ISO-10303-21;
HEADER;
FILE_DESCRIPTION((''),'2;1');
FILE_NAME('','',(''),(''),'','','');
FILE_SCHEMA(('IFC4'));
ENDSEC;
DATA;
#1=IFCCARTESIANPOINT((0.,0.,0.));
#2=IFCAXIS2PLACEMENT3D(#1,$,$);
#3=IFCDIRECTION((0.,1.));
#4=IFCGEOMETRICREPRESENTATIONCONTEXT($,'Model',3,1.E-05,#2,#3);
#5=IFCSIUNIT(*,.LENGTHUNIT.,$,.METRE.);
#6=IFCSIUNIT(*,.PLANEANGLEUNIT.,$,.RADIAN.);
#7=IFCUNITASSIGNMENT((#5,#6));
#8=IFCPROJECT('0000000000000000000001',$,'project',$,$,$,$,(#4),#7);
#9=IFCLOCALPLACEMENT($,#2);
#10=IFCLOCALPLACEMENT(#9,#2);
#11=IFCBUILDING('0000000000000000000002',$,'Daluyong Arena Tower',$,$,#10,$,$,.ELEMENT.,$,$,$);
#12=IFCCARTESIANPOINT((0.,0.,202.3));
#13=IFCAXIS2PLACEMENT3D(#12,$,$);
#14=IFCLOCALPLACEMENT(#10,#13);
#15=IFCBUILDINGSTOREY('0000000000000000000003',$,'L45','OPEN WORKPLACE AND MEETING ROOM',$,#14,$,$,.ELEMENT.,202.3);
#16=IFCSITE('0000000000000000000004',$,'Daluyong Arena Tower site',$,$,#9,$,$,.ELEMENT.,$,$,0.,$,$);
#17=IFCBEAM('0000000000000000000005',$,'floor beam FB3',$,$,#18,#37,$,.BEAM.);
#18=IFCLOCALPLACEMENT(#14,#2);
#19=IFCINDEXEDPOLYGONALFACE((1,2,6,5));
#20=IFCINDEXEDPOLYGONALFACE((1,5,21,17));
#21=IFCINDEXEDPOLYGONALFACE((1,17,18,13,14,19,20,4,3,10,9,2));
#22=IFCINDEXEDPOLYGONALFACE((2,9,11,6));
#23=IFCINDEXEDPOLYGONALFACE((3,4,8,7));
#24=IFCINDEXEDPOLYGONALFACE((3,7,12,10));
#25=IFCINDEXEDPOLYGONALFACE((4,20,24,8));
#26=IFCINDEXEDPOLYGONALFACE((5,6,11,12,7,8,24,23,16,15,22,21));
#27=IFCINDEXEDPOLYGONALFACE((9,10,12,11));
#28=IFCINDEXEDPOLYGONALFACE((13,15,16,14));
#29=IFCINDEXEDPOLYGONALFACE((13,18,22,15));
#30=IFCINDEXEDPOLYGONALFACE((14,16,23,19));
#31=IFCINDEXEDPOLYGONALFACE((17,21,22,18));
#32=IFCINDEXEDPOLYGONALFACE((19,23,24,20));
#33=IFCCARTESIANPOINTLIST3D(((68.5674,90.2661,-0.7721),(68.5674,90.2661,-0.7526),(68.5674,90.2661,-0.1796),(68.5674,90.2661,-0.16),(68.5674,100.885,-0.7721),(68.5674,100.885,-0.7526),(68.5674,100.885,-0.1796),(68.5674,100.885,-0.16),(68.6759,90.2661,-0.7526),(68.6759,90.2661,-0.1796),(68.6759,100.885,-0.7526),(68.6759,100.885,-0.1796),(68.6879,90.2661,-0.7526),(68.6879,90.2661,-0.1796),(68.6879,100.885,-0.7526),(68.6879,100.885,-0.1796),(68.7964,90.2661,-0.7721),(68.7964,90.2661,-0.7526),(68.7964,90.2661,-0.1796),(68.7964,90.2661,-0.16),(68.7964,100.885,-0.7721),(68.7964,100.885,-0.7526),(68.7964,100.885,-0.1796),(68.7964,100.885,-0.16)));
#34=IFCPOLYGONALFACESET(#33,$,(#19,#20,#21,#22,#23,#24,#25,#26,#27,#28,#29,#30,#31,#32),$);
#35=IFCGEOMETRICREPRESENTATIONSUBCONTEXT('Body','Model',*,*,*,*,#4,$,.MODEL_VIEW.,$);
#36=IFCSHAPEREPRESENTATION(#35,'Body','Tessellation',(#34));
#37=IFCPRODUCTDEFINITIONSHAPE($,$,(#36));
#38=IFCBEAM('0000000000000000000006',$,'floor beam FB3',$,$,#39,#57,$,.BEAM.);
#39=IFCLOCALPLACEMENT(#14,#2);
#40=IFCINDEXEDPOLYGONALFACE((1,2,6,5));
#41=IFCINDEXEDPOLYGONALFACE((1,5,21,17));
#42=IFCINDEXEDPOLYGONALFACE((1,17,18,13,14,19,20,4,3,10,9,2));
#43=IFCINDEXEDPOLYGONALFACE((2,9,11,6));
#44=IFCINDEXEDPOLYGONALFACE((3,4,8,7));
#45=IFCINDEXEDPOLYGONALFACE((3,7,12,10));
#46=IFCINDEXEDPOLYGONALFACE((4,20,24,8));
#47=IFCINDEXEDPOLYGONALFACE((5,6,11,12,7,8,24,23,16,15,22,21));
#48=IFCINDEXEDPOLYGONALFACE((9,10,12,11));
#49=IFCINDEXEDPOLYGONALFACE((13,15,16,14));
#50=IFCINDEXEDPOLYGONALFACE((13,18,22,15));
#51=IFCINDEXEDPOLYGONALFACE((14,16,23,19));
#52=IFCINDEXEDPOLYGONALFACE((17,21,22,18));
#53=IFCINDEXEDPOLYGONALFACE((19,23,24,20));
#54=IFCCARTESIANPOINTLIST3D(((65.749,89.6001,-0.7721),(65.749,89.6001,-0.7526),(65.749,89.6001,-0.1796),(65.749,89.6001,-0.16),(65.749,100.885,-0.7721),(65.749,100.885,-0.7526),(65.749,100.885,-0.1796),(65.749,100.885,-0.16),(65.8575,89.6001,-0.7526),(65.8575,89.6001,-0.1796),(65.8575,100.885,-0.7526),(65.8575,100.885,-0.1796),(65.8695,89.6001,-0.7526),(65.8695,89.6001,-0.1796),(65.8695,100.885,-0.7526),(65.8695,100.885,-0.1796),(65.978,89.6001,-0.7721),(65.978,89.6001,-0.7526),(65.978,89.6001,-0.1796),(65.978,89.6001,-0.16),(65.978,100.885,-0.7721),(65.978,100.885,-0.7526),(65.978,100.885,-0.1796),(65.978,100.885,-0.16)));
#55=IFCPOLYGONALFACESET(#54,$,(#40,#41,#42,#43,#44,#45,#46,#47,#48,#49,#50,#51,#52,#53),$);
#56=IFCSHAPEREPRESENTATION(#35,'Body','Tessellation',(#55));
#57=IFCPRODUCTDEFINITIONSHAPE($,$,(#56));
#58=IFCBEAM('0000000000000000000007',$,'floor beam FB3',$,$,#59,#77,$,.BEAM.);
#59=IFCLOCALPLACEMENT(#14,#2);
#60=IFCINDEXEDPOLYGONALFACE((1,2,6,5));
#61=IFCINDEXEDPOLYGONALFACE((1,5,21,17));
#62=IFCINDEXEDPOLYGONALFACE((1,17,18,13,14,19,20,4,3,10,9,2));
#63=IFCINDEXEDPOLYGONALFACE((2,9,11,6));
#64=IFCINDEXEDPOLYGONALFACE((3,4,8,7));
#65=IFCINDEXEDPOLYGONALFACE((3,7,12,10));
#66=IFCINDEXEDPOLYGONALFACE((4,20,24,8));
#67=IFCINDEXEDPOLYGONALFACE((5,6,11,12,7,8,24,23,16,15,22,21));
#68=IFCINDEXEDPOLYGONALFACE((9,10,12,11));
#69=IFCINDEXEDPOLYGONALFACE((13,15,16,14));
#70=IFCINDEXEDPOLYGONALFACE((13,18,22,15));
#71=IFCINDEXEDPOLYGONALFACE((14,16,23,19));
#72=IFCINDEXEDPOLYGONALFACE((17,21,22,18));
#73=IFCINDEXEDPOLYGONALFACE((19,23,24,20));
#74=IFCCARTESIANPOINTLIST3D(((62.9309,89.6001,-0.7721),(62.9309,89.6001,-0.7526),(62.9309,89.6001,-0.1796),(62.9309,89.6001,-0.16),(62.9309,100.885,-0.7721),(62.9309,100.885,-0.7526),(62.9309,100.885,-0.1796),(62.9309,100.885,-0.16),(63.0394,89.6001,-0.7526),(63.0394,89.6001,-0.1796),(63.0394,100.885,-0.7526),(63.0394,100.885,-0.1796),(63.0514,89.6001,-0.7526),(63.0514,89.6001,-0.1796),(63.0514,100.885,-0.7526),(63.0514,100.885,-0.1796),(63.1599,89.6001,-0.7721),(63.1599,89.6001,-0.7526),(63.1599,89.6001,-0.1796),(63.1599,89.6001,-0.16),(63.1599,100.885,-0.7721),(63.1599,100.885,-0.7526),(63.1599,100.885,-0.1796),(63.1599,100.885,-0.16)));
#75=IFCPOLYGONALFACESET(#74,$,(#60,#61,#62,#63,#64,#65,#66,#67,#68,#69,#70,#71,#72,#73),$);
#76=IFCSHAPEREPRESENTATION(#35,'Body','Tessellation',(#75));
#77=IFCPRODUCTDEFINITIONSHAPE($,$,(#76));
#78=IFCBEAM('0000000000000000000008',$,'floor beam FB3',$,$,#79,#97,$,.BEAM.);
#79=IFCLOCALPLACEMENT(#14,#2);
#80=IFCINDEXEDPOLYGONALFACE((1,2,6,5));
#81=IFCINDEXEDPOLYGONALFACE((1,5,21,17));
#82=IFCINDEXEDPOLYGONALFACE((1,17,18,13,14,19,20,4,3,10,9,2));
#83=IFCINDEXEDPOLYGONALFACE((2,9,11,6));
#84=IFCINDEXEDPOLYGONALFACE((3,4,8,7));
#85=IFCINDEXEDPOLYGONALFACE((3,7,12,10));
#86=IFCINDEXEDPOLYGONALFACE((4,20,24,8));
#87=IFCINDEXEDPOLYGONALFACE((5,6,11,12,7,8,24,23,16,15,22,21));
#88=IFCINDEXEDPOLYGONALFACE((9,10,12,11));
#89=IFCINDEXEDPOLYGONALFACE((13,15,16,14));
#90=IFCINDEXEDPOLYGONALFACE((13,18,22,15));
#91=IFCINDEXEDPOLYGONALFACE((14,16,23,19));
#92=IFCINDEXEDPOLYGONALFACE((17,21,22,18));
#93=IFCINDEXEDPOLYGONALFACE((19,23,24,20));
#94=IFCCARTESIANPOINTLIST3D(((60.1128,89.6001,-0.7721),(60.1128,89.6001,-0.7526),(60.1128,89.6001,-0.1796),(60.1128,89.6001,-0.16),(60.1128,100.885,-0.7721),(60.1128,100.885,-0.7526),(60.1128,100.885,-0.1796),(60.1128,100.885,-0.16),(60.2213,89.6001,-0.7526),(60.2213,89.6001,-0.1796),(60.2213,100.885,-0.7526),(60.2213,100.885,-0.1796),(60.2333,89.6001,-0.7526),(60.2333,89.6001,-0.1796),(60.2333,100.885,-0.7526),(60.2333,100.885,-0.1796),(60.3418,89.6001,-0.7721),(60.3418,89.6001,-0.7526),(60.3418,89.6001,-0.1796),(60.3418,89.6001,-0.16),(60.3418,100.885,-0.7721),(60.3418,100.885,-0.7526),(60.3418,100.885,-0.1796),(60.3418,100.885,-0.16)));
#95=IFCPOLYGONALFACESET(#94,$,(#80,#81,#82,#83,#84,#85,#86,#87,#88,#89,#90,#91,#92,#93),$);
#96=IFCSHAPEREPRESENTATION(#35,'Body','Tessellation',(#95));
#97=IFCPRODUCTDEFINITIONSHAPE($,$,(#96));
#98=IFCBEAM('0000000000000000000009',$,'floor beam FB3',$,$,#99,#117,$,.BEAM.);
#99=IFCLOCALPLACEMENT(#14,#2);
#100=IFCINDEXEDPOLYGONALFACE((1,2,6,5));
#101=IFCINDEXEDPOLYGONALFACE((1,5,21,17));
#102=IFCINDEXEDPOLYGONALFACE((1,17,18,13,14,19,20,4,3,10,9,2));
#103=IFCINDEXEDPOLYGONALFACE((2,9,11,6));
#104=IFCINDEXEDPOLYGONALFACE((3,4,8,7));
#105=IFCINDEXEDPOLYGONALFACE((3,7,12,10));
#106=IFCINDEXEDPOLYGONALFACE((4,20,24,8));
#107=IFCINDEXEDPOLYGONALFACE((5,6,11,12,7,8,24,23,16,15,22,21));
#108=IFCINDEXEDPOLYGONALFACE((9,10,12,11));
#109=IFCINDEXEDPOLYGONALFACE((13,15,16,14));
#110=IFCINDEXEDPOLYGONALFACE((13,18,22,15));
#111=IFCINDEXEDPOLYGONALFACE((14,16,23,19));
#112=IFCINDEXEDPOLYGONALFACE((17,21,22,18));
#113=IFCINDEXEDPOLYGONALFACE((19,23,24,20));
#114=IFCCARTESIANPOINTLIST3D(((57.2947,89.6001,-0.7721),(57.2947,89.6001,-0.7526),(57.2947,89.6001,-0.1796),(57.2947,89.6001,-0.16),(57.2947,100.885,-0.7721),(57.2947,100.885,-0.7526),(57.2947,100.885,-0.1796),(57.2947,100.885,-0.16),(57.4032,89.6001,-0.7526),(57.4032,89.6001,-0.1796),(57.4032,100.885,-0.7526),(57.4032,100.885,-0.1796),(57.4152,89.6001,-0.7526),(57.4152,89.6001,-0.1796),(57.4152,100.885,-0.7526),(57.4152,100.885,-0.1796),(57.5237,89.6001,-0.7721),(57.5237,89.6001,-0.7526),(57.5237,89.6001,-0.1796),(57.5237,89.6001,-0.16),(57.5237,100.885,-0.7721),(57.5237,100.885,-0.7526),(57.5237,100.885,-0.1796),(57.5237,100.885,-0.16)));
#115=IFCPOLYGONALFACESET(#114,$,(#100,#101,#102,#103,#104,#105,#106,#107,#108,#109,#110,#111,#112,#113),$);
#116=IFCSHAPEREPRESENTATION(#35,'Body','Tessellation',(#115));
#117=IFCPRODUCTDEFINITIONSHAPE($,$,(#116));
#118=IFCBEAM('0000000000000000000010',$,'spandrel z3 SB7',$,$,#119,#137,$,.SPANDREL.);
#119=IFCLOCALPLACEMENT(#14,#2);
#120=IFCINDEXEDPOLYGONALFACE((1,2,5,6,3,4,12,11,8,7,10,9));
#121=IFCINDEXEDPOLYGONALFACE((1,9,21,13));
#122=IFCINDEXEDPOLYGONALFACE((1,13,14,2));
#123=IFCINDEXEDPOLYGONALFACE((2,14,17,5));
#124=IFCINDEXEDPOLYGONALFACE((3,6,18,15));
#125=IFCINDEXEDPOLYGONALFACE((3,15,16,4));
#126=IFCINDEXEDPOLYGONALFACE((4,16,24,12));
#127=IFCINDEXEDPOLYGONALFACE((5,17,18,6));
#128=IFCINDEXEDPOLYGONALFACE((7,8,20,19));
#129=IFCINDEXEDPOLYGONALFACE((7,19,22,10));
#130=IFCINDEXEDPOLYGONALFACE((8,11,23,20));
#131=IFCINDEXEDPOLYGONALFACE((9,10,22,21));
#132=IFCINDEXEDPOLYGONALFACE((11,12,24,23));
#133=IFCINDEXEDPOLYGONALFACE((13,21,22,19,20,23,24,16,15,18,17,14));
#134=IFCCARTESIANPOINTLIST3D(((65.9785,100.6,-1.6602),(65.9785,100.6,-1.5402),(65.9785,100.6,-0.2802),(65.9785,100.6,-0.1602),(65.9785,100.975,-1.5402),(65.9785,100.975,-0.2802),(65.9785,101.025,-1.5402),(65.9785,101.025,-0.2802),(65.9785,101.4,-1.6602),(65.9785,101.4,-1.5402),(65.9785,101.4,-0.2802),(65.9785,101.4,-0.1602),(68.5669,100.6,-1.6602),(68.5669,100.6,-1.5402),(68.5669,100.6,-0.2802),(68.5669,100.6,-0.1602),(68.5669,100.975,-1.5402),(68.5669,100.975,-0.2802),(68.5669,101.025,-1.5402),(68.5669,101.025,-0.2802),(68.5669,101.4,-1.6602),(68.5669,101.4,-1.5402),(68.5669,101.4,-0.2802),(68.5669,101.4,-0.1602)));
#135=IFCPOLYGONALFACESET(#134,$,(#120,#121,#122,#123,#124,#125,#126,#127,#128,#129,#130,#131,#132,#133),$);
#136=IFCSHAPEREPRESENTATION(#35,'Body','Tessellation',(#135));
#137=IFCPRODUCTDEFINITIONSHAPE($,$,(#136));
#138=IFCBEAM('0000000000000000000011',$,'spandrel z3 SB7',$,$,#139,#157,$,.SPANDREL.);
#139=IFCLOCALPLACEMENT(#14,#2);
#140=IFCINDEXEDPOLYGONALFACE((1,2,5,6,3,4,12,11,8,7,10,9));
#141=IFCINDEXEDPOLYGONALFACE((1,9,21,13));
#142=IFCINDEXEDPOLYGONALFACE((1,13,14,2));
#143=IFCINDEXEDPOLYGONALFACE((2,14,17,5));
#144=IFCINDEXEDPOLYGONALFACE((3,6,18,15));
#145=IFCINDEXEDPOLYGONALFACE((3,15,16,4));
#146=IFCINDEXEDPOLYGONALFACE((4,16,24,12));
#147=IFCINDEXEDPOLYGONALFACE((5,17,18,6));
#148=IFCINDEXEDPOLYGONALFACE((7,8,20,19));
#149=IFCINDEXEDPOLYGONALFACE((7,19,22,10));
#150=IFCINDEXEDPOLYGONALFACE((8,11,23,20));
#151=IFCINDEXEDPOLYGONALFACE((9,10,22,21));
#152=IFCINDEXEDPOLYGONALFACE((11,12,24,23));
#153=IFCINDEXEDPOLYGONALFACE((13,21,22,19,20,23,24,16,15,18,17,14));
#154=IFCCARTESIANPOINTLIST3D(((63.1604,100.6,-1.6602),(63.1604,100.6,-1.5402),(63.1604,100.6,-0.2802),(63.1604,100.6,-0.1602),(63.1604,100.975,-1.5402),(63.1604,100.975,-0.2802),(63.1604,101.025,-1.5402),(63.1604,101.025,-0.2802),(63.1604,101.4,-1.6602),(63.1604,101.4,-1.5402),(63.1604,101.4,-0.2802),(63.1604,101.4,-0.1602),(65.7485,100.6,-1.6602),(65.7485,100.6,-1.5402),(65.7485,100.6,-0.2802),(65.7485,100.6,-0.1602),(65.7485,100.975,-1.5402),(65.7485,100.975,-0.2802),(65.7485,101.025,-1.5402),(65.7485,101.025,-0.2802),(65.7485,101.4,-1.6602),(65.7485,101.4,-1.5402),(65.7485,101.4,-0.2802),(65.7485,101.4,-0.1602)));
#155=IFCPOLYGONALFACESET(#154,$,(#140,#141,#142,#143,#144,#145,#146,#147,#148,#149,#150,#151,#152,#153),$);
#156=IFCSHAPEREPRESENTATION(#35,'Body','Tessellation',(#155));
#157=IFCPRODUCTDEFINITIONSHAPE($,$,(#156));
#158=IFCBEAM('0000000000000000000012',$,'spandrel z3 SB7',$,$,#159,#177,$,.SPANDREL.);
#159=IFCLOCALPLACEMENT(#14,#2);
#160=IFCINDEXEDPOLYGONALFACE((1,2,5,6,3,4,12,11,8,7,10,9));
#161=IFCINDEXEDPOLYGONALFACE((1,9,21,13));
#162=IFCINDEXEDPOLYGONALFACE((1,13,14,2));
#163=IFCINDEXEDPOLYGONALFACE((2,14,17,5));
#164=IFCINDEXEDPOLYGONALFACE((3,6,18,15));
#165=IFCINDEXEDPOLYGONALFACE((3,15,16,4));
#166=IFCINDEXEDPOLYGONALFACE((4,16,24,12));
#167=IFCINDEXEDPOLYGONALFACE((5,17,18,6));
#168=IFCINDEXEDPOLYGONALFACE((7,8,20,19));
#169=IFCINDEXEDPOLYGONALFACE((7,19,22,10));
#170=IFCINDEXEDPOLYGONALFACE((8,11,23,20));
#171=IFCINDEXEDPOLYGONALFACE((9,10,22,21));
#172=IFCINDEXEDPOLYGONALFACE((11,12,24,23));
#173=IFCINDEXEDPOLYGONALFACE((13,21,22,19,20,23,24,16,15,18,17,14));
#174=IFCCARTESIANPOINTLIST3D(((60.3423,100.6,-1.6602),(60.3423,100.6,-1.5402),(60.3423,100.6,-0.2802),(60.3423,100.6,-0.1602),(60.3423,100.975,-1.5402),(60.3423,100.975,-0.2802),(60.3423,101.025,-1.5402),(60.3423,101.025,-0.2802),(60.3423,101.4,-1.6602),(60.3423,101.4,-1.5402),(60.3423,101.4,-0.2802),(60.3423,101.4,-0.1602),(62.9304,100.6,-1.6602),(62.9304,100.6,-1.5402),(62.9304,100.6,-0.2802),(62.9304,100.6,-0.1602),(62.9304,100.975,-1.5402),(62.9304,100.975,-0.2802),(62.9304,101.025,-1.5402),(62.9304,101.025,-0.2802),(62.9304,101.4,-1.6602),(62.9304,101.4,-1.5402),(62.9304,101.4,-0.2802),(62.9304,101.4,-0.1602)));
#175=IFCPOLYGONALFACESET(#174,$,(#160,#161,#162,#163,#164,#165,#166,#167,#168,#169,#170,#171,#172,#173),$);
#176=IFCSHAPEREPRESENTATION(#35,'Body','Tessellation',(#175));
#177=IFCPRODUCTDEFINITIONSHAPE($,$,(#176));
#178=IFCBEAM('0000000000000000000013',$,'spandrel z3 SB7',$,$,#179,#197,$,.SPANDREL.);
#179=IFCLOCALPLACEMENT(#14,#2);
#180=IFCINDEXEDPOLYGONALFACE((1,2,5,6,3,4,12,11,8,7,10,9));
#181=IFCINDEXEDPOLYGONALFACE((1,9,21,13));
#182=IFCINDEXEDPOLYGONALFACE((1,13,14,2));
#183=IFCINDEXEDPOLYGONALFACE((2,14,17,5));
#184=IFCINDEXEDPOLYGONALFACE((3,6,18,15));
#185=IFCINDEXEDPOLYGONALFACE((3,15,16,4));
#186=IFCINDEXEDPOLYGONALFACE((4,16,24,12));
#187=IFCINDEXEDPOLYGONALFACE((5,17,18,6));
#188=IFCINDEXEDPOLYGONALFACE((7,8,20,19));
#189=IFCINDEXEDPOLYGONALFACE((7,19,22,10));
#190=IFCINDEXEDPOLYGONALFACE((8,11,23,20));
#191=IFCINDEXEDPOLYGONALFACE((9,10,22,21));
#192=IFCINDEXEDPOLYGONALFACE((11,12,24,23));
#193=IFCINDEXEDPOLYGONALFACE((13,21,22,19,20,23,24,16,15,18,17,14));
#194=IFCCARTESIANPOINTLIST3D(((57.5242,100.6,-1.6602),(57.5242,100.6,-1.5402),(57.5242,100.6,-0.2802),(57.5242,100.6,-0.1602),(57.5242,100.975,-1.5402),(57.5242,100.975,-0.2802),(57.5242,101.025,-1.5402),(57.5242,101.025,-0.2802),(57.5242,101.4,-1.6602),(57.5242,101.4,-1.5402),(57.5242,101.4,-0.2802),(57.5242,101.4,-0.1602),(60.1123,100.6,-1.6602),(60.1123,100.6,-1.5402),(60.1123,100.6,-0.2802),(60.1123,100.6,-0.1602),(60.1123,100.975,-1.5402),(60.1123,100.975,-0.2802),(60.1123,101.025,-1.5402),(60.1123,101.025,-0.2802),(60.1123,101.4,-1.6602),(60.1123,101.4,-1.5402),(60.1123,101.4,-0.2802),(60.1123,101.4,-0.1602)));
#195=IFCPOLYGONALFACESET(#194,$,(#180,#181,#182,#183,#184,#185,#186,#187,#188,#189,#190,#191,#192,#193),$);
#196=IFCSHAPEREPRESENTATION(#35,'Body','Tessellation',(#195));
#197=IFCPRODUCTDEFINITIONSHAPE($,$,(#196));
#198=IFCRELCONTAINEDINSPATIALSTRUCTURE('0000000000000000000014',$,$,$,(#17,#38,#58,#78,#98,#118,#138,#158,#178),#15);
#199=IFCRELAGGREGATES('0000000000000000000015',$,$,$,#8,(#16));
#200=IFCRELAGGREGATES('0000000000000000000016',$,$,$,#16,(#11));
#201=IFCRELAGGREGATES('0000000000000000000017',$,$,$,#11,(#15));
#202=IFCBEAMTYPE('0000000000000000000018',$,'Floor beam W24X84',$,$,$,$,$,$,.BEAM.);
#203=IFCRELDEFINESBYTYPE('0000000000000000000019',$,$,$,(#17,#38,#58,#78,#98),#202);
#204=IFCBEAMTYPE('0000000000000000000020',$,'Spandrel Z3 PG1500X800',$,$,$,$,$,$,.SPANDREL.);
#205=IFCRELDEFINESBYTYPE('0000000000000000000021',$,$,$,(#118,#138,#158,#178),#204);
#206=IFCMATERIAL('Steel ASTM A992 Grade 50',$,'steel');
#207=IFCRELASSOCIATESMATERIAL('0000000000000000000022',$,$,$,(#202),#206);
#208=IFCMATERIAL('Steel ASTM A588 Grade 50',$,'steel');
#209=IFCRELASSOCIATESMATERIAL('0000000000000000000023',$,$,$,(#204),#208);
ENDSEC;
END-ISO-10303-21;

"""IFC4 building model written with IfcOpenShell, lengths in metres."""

from ifc_helpers import new_model, si_unit, direction, frame, origin, origin_2d, place, context, subcontext, project, spatial, i_section, extrude, material, material_profile, profile_set, type_object, element, save


model = new_model("IFC4")

# Units and contexts
model_context = context("Model", 3, precision=1e-05, world=origin(), true_north=direction((0.0, 1.0)))
body_context = subcontext(model_context, "Body", "Model", "MODEL_VIEW")
ifc_project = project(units=[si_unit("LENGTHUNIT", "METRE"), si_unit("PLANEANGLEUNIT", "RADIAN")], contexts=[model_context])

# Site, building, storey
site_placement = place(None, origin())
site = spatial("IfcSite", under=ifc_project, at=site_placement, Name="Daluyong Arena Tower site", CompositionType="ELEMENT", RefElevation=0.0)
building_placement = place(site_placement, origin())
building = spatial("IfcBuilding", under=site, at=building_placement, Name="Daluyong Arena Tower", CompositionType="ELEMENT")
storey_placement = place(building_placement, frame((0.0, 0.0, 202.3)))
storey = spatial("IfcBuildingStorey", under=building, at=storey_placement, Name="L45", Description="OPEN WORKPLACE AND MEETING ROOM", CompositionType="ELEMENT", Elevation=202.3)

# Beams
ifc_material_1 = material(Name="Steel ASTM A992 Grade 50", Category="steel")
ifc_material_profile_1 = material_profile(ifc_material_1, i_section(OverallWidth=0.229, OverallDepth=0.6121, WebThickness=0.012, FlangeThickness=0.0195, at=origin_2d()))
ifc_profile_set_1 = profile_set([ifc_material_profile_1], Name="Steel ASTM A992 Grade 50")
beam_type_1 = type_object("IfcBeamType", Name="Floor beam W24X84", PredefinedType="BEAM", material=ifc_profile_set_1)
beam_1_placement = place(storey_placement, frame((68.6819, 100.885, -0.4661), z_axis=(0.0, -1.0, 0.0), x_axis=(1.0, 0.0, 0.0)))
element("IfcBeam", 1, at=beam_1_placement, inside=storey, type_object=beam_type_1, Name="floor beam FB3", PredefinedType="BEAM", context=body_context, shape_type="SweptSolid", body=[
    extrude(i_section(OverallWidth=0.229, OverallDepth=0.6121, WebThickness=0.012, FlangeThickness=0.0195, at=origin_2d()), origin(), (0.0, 0.0, 1.0), 10.6189),
])
for number, where, z_axis, x_axis, name in (
    (2, (65.8635, 100.885, -0.4661), (0.0, -1.0, 0.0), (1.0, 0.0, 0.0), "floor beam FB3"),
    (3, (63.0454, 100.885, -0.4661), (0.0, -1.0, 0.0), (1.0, 0.0, 0.0), "floor beam FB3"),
    (4, (60.2273, 100.885, -0.4661), (0.0, -1.0, 0.0), (1.0, 0.0, 0.0), "floor beam FB3"),
    (5, (57.4092, 100.885, -0.4661), (0.0, -1.0, 0.0), (1.0, 0.0, 0.0), "floor beam FB3"),
):
    element("IfcBeam", number, at=place(storey_placement, frame(where, z_axis=z_axis, x_axis=x_axis)), inside=storey, type_object=beam_type_1, Name=name, PredefinedType="BEAM", context=body_context, shape_type="SweptSolid", body=[
        extrude(i_section(OverallWidth=0.229, OverallDepth=0.6121, WebThickness=0.012, FlangeThickness=0.0195, at=origin_2d()), origin(), (0.0, 0.0, 1.0), 11.2849),
    ])
ifc_material_2 = material(Name="Steel ASTM A588 Grade 50", Category="steel")
ifc_material_profile_2 = material_profile(ifc_material_2, i_section(OverallWidth=0.8, OverallDepth=1.5, WebThickness=0.05, FlangeThickness=0.12, at=origin_2d()))
ifc_profile_set_2 = profile_set([ifc_material_profile_2], Name="Steel ASTM A588 Grade 50")
beam_type_2 = type_object("IfcBeamType", Name="Spandrel Z3 PG1500X800", PredefinedType="SPANDREL", material=ifc_profile_set_2)
beam_2_placement = place(storey_placement, frame((68.5669, 101.0, -0.9102), z_axis=(-1.0, 0.0, 0.0), x_axis=(0.0, -1.0, 0.0)))
element("IfcBeam", 6, at=beam_2_placement, inside=storey, type_object=beam_type_2, Name="spandrel z3 SB7", PredefinedType="SPANDREL", context=body_context, shape_type="SweptSolid", body=[
    extrude(i_section(OverallWidth=0.8, OverallDepth=1.5, WebThickness=0.05, FlangeThickness=0.12, at=origin_2d()), origin(), (0.0, 0.0, 1.0), 2.5884),
])
for number, where, z_axis, x_axis, name in (
    (7, (65.7485, 101.0, -0.9102), (-1.0, 0.0, 0.0), (0.0, -1.0, 0.0), "spandrel z3 SB7"),
    (8, (62.9304, 101.0, -0.9102), (-1.0, 0.0, 0.0), (0.0, -1.0, 0.0), "spandrel z3 SB7"),
    (9, (60.1123, 101.0, -0.9102), (-1.0, 0.0, 0.0), (0.0, -1.0, 0.0), "spandrel z3 SB7"),
):
    element("IfcBeam", number, at=place(storey_placement, frame(where, z_axis=z_axis, x_axis=x_axis)), inside=storey, type_object=beam_type_2, Name=name, PredefinedType="SPANDREL", context=body_context, shape_type="SweptSolid", body=[
        extrude(i_section(OverallWidth=0.8, OverallDepth=1.5, WebThickness=0.05, FlangeThickness=0.12, at=origin_2d()), origin(), (0.0, 0.0, 1.0), 2.5881),
    ])

save(model, "model.ifc")
